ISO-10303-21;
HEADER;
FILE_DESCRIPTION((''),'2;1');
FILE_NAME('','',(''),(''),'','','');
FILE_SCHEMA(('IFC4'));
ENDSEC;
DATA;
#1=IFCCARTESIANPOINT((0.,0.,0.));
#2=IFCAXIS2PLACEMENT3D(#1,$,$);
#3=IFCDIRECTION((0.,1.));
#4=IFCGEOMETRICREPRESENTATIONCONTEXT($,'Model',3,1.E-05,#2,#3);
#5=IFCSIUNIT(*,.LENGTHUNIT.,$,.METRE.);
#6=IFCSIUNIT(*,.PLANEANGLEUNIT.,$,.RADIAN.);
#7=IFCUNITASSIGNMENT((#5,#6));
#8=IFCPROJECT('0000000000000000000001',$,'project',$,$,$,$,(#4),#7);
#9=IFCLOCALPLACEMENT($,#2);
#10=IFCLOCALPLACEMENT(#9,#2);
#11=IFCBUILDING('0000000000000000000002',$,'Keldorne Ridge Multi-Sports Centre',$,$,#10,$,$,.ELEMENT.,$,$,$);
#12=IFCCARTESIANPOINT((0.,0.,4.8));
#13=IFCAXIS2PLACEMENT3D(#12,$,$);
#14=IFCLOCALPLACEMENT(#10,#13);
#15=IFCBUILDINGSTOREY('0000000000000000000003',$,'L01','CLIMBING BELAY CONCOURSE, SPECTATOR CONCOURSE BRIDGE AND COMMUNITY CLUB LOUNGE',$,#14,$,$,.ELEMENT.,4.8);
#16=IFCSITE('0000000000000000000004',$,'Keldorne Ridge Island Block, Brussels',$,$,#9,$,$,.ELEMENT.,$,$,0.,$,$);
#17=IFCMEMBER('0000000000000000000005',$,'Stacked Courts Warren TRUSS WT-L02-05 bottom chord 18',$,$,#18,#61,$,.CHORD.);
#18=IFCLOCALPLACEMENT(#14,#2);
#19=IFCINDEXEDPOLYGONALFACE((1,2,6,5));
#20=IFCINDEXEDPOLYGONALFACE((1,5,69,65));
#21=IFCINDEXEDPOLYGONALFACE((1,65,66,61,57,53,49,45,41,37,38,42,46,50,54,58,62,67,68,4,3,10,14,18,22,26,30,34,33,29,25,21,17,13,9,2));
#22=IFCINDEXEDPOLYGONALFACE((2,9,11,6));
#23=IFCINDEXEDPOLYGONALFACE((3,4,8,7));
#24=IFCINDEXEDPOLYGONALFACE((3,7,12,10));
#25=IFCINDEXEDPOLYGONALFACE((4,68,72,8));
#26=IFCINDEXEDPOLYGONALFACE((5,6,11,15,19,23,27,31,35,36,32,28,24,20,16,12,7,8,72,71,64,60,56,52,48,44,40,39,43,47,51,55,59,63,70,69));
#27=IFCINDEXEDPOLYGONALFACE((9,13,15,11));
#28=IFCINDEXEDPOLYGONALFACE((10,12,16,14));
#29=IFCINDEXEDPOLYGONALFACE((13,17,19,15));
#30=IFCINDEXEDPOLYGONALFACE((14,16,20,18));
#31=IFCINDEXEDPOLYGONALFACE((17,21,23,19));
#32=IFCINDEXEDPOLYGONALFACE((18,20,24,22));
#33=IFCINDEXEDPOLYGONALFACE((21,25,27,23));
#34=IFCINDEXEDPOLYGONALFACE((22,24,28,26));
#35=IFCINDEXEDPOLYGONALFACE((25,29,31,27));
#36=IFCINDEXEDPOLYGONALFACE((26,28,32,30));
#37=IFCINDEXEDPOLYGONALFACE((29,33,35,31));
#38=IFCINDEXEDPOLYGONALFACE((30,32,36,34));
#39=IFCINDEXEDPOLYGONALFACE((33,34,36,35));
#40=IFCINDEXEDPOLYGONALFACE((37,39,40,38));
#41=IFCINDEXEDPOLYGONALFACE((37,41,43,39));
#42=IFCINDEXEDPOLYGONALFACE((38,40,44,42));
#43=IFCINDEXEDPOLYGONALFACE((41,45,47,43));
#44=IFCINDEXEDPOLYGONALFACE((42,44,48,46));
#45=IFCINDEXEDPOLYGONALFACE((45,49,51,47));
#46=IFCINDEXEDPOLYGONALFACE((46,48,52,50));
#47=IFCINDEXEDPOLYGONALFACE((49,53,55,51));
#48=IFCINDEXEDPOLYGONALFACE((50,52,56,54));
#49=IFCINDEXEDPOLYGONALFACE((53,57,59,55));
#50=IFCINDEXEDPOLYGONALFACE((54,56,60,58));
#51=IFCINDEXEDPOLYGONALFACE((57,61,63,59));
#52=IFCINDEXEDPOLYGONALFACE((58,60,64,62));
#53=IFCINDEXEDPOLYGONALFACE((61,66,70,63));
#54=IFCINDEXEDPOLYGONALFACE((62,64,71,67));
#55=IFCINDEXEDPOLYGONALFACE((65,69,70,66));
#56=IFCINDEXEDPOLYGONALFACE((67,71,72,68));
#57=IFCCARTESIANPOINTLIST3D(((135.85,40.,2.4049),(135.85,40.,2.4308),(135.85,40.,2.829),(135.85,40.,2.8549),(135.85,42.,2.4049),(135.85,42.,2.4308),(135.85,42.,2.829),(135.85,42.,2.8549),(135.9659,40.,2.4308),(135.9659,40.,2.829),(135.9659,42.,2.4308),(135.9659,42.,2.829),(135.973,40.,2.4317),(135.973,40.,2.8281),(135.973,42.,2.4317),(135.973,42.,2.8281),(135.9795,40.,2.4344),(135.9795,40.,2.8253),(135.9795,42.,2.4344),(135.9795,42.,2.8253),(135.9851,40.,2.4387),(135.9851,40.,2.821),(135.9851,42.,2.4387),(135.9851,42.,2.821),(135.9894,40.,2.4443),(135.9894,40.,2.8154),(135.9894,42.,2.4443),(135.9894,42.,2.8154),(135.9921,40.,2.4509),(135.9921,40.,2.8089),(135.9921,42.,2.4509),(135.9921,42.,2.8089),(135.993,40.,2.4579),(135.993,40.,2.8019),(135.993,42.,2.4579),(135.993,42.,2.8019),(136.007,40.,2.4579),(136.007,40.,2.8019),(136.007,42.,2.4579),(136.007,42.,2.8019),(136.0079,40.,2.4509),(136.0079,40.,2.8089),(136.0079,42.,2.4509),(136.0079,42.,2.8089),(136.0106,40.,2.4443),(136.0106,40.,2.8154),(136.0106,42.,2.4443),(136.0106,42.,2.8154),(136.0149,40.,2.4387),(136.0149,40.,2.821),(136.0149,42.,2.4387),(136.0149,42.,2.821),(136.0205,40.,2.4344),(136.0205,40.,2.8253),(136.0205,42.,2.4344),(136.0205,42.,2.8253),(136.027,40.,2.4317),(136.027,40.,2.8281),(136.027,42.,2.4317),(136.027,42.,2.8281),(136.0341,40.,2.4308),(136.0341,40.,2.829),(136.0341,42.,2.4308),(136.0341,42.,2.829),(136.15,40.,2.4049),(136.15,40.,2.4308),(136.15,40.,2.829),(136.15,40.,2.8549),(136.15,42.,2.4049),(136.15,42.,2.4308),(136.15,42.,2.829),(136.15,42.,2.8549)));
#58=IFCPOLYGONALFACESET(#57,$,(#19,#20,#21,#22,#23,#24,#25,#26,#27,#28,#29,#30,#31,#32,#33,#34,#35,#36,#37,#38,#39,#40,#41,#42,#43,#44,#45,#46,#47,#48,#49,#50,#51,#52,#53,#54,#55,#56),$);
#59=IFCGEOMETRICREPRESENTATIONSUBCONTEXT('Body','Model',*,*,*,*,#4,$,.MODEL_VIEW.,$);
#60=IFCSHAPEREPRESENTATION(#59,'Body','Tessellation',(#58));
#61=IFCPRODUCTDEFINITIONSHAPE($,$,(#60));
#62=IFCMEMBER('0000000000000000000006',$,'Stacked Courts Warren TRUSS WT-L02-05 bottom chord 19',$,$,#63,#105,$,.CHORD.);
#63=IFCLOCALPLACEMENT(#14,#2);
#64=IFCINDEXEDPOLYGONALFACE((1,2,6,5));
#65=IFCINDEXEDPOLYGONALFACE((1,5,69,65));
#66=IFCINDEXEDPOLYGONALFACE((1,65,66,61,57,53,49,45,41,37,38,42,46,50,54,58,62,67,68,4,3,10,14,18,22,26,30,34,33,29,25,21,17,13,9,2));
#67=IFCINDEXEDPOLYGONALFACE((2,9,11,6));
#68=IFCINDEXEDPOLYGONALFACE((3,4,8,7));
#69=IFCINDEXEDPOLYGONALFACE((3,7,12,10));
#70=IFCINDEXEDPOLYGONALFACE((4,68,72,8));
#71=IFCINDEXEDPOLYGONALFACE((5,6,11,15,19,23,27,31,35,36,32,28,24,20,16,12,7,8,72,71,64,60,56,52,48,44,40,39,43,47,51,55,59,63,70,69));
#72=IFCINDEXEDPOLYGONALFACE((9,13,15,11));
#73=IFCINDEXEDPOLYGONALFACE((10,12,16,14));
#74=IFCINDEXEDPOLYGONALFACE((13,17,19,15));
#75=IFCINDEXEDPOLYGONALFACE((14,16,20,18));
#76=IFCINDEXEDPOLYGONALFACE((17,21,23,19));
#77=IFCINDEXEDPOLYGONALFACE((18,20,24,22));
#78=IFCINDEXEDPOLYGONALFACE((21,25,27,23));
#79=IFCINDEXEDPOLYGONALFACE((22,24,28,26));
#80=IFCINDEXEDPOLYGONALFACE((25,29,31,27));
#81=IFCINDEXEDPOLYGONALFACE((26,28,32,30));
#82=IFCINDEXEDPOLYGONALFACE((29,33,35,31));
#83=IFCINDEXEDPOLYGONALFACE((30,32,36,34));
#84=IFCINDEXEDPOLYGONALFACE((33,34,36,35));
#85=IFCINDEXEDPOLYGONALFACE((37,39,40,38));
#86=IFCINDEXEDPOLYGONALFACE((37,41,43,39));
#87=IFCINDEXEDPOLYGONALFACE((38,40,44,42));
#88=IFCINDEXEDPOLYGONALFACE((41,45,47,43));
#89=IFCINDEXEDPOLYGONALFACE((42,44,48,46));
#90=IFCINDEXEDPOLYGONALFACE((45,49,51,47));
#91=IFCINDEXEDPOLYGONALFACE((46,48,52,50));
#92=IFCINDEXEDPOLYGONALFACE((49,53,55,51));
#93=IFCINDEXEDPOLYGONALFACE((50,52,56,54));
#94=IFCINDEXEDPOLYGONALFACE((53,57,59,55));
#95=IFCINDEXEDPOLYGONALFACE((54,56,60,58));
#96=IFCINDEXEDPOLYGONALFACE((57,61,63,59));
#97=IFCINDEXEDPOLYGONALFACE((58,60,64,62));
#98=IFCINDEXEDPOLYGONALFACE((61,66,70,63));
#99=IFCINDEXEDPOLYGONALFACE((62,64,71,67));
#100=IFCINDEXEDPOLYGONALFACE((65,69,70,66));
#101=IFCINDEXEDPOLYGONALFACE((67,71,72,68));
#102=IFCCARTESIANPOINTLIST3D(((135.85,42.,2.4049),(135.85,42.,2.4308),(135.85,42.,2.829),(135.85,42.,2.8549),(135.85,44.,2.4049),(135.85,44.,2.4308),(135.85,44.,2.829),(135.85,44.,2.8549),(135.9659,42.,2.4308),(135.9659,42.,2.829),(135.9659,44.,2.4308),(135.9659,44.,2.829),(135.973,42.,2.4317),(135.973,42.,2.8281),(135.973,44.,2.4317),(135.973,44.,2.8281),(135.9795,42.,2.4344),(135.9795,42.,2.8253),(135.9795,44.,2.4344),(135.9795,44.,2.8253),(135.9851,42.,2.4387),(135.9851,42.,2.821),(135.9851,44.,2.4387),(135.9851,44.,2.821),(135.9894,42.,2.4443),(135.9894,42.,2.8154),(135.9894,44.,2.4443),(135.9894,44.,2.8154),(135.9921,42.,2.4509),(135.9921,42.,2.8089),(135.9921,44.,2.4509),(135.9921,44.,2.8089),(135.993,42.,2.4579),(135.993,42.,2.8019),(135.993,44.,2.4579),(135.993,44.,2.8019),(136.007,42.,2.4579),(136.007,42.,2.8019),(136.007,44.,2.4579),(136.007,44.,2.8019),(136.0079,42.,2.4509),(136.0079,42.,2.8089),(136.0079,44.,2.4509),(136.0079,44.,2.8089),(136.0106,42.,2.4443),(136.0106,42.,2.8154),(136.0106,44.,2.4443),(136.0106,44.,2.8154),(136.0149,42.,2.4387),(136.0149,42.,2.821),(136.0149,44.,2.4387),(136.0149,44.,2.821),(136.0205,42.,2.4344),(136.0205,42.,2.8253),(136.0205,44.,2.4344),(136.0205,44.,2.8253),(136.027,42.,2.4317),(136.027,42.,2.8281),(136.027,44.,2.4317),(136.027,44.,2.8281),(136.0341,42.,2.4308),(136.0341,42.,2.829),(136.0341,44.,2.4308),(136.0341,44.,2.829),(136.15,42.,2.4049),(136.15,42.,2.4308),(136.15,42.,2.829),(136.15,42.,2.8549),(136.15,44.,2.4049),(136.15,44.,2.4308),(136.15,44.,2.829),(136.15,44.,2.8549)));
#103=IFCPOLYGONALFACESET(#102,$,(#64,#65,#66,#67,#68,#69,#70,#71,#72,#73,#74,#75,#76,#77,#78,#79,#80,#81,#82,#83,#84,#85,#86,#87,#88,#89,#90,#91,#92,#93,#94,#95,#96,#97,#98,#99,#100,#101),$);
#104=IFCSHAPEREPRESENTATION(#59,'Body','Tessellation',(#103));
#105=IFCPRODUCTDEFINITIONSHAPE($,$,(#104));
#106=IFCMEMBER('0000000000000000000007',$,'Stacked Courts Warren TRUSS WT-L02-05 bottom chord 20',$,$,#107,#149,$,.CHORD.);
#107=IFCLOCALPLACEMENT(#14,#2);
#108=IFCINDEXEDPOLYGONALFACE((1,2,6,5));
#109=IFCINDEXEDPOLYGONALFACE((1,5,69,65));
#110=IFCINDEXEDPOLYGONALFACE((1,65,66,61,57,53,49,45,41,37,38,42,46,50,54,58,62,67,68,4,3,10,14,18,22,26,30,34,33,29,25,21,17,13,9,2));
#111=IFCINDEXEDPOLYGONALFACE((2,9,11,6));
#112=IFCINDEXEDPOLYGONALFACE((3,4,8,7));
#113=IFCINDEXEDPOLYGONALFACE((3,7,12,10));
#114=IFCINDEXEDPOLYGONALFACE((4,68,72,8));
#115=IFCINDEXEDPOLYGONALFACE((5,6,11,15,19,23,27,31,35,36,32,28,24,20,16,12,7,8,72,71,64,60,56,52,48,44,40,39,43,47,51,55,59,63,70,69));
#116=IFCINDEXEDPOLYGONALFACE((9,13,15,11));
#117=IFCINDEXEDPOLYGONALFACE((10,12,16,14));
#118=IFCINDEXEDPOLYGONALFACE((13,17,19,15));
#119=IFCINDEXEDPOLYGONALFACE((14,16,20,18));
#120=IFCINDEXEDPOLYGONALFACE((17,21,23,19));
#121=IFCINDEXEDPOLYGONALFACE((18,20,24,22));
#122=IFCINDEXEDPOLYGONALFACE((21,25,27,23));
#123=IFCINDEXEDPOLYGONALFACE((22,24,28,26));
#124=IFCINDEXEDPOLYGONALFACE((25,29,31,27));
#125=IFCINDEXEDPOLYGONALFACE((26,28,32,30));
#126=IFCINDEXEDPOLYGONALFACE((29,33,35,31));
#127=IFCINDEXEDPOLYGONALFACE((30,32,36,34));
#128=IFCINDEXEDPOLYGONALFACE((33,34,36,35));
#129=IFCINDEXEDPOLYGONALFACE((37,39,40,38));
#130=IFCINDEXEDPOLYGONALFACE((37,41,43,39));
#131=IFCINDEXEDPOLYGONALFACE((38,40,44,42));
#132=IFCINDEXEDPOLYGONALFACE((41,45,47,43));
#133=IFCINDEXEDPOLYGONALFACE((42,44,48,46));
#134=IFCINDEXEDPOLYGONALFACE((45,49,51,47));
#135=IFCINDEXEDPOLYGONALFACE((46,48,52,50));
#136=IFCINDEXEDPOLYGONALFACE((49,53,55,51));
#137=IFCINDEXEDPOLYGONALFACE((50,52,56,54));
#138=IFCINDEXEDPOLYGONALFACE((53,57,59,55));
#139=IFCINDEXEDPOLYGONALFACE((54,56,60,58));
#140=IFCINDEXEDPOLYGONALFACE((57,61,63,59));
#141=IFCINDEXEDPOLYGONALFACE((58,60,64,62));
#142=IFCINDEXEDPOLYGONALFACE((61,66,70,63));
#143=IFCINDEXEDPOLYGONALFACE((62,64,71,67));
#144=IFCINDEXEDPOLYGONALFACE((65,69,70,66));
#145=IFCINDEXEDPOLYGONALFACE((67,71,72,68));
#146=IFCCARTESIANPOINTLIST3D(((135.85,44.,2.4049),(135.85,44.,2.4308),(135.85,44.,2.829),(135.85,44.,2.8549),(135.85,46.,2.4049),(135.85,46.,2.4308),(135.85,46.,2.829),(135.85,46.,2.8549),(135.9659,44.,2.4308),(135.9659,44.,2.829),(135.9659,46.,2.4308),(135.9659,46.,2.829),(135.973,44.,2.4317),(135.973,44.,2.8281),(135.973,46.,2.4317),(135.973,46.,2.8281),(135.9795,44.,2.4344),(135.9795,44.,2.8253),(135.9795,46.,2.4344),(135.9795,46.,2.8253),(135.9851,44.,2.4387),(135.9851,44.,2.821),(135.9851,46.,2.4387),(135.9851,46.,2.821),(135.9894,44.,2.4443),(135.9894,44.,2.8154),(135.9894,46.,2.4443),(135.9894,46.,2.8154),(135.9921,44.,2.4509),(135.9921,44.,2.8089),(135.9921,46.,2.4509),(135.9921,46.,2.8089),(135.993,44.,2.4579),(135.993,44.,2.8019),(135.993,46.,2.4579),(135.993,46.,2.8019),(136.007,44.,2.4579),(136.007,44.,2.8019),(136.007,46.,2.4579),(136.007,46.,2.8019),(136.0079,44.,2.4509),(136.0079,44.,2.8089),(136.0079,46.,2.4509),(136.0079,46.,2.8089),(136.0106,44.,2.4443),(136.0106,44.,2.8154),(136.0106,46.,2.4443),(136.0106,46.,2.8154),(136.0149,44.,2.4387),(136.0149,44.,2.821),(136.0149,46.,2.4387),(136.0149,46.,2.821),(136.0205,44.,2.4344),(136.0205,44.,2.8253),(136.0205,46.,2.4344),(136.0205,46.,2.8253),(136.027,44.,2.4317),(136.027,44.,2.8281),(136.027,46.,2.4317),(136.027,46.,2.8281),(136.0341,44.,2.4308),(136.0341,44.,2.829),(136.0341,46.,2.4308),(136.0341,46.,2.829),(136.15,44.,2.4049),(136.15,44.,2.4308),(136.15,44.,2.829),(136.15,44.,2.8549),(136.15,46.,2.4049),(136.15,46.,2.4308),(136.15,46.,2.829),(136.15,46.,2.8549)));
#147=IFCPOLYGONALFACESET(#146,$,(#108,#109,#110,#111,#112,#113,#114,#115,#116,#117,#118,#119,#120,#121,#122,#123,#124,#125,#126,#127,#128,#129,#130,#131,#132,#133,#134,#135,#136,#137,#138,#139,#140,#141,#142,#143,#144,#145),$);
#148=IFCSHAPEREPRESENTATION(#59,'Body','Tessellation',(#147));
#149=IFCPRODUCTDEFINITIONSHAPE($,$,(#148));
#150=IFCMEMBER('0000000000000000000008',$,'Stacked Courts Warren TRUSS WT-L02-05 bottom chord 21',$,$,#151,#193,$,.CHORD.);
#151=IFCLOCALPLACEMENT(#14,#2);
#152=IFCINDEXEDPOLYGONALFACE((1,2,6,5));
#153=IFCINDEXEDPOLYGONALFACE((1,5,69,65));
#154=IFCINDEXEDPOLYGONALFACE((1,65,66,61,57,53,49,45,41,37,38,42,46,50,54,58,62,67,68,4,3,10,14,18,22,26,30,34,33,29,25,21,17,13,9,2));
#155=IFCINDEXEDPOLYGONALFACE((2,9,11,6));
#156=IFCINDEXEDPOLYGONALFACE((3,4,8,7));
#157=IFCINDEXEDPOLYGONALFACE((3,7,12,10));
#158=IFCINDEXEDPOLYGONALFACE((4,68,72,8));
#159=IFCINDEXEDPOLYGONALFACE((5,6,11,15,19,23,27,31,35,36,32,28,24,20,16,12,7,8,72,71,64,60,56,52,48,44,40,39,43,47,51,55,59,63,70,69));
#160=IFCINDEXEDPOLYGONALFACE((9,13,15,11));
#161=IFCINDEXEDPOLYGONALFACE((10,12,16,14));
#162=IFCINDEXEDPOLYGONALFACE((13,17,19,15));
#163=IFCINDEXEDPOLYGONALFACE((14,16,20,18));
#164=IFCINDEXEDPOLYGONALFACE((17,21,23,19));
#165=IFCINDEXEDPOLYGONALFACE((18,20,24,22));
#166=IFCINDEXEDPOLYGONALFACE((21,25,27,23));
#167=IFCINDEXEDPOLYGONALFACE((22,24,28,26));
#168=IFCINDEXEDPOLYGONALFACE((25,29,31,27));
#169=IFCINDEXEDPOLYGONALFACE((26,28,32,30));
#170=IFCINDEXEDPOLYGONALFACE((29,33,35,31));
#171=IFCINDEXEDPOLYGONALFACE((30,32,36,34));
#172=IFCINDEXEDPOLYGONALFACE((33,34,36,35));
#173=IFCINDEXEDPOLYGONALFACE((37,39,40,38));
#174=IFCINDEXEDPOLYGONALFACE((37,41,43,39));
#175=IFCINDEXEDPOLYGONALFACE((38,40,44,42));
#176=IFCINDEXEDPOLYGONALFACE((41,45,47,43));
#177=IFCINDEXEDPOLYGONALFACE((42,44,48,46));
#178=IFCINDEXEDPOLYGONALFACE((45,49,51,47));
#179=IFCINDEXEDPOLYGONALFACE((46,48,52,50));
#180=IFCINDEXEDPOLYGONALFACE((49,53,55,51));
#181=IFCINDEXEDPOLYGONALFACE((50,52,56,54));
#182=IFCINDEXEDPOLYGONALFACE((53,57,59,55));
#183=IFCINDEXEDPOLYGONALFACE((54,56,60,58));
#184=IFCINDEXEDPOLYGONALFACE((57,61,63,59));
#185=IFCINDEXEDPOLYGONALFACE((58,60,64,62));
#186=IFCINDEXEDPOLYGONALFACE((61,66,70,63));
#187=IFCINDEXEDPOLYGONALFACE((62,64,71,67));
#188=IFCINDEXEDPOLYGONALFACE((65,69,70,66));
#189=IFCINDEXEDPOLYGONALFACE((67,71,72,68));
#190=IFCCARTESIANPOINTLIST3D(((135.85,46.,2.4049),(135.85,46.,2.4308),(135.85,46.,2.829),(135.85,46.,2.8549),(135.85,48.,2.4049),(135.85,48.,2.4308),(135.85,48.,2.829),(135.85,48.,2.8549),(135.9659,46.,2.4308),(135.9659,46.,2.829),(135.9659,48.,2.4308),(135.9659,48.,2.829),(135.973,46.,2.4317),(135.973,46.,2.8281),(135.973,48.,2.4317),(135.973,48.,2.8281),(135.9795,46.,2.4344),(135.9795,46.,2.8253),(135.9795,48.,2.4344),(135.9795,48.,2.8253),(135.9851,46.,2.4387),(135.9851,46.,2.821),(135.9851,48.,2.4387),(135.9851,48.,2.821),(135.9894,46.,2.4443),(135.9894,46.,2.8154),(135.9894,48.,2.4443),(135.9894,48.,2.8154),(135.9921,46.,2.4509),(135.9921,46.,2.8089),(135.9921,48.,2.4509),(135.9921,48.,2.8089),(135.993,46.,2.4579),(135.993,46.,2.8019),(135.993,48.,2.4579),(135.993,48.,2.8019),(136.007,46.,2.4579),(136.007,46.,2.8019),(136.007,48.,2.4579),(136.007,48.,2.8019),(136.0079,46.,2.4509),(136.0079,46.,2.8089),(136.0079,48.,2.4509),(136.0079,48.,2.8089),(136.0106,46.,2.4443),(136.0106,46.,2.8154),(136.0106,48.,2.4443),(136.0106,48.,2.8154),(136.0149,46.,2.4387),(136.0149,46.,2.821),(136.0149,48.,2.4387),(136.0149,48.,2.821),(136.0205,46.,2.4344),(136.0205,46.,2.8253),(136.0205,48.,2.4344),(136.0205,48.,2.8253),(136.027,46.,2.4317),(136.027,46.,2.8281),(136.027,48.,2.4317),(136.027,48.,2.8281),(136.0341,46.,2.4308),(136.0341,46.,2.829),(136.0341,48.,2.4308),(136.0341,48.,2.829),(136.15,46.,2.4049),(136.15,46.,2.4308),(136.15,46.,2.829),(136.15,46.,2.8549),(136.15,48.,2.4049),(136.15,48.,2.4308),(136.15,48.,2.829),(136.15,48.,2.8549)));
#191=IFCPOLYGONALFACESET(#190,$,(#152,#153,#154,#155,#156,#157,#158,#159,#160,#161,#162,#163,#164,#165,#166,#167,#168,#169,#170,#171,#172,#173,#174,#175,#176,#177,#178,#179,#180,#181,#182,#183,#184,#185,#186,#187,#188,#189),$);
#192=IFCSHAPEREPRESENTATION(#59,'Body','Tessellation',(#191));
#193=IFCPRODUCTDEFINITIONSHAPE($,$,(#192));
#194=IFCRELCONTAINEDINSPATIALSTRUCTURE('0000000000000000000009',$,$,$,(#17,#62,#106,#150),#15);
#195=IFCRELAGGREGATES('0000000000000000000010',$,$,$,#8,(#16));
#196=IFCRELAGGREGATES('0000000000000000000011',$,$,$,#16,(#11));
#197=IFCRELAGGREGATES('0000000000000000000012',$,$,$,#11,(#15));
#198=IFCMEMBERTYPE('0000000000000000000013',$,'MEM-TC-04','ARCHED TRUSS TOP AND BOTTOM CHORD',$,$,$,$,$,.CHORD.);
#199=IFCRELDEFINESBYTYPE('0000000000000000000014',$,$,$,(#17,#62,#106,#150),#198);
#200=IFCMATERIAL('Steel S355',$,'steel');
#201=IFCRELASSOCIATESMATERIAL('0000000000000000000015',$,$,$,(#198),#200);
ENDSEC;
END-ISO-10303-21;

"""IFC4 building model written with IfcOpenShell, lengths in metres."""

from ifc_helpers import new_model, si_unit, direction, frame, origin, origin_2d, place, context, subcontext, project, spatial, i_section, extrude, material, material_profile, profile_set, type_object, element, save


model = new_model("IFC4")

# Units and contexts
model_context = context("Model", 3, precision=1e-05, world=origin(), true_north=direction((0.0, 1.0)))
body_context = subcontext(model_context, "Body", "Model", "MODEL_VIEW")
ifc_project = project(units=[si_unit("LENGTHUNIT", "METRE"), si_unit("PLANEANGLEUNIT", "RADIAN")], contexts=[model_context])

# Site, building, storey
site_placement = place(None, origin())
site = spatial("IfcSite", under=ifc_project, at=site_placement, Name="Keldorne Ridge Island Block, Brussels", CompositionType="ELEMENT", RefElevation=0.0)
building_placement = place(site_placement, origin())
building = spatial("IfcBuilding", under=site, at=building_placement, Name="Keldorne Ridge Multi-Sports Centre", CompositionType="ELEMENT")
storey_placement = place(building_placement, frame((0.0, 0.0, 4.8)))
storey = spatial("IfcBuildingStorey", under=building, at=storey_placement, Name="L01", Description="CLIMBING BELAY CONCOURSE, SPECTATOR CONCOURSE BRIDGE AND COMMUNITY CLUB LOUNGE", CompositionType="ELEMENT", Elevation=4.8)

# Members
ifc_material = material(Name="Steel S355", Category="steel")
ifc_material_profile_1 = material_profile(ifc_material, i_section(OverallWidth=0.3, OverallDepth=0.45, WebThickness=0.0139, FlangeThickness=0.0259, FilletRadius=0.0271, at=origin_2d()), Name="HEB 450")
ifc_profile_set_1 = profile_set([ifc_material_profile_1], Name="Steel S355")
member_type_1 = type_object("IfcMemberType", Name="MEM-TC-04", Description="ARCHED TRUSS TOP AND BOTTOM CHORD", PredefinedType="CHORD", material=ifc_profile_set_1)
for number, where, z_axis, x_axis, name in (
    (1, (136.0, 40.0, 2.6299), (0.0, 1.0, 0.0), (-1.0, 0.0, 0.0), "Stacked Courts Warren TRUSS WT-L02-05 bottom chord 18"),
    (2, (136.0, 42.0, 2.6299), (0.0, 1.0, 0.0), (-1.0, 0.0, 0.0), "Stacked Courts Warren TRUSS WT-L02-05 bottom chord 19"),
    (3, (136.0, 44.0, 2.6299), (0.0, 1.0, 0.0), (-1.0, 0.0, 0.0), "Stacked Courts Warren TRUSS WT-L02-05 bottom chord 20"),
    (4, (136.0, 46.0, 2.6299), (0.0, 1.0, 0.0), (-1.0, 0.0, 0.0), "Stacked Courts Warren TRUSS WT-L02-05 bottom chord 21"),
):
    element("IfcMember", number, at=place(storey_placement, frame(where, z_axis=z_axis, x_axis=x_axis)), inside=storey, type_object=member_type_1, Name=name, PredefinedType="CHORD", context=body_context, shape_type="SweptSolid", body=[
        extrude(i_section(OverallWidth=0.3, OverallDepth=0.45, WebThickness=0.0139, FlangeThickness=0.0259, FilletRadius=0.0271, at=origin_2d()), origin(), (0.0, 0.0, 1.0), 2.0),
    ])

save(model, "model.ifc")
